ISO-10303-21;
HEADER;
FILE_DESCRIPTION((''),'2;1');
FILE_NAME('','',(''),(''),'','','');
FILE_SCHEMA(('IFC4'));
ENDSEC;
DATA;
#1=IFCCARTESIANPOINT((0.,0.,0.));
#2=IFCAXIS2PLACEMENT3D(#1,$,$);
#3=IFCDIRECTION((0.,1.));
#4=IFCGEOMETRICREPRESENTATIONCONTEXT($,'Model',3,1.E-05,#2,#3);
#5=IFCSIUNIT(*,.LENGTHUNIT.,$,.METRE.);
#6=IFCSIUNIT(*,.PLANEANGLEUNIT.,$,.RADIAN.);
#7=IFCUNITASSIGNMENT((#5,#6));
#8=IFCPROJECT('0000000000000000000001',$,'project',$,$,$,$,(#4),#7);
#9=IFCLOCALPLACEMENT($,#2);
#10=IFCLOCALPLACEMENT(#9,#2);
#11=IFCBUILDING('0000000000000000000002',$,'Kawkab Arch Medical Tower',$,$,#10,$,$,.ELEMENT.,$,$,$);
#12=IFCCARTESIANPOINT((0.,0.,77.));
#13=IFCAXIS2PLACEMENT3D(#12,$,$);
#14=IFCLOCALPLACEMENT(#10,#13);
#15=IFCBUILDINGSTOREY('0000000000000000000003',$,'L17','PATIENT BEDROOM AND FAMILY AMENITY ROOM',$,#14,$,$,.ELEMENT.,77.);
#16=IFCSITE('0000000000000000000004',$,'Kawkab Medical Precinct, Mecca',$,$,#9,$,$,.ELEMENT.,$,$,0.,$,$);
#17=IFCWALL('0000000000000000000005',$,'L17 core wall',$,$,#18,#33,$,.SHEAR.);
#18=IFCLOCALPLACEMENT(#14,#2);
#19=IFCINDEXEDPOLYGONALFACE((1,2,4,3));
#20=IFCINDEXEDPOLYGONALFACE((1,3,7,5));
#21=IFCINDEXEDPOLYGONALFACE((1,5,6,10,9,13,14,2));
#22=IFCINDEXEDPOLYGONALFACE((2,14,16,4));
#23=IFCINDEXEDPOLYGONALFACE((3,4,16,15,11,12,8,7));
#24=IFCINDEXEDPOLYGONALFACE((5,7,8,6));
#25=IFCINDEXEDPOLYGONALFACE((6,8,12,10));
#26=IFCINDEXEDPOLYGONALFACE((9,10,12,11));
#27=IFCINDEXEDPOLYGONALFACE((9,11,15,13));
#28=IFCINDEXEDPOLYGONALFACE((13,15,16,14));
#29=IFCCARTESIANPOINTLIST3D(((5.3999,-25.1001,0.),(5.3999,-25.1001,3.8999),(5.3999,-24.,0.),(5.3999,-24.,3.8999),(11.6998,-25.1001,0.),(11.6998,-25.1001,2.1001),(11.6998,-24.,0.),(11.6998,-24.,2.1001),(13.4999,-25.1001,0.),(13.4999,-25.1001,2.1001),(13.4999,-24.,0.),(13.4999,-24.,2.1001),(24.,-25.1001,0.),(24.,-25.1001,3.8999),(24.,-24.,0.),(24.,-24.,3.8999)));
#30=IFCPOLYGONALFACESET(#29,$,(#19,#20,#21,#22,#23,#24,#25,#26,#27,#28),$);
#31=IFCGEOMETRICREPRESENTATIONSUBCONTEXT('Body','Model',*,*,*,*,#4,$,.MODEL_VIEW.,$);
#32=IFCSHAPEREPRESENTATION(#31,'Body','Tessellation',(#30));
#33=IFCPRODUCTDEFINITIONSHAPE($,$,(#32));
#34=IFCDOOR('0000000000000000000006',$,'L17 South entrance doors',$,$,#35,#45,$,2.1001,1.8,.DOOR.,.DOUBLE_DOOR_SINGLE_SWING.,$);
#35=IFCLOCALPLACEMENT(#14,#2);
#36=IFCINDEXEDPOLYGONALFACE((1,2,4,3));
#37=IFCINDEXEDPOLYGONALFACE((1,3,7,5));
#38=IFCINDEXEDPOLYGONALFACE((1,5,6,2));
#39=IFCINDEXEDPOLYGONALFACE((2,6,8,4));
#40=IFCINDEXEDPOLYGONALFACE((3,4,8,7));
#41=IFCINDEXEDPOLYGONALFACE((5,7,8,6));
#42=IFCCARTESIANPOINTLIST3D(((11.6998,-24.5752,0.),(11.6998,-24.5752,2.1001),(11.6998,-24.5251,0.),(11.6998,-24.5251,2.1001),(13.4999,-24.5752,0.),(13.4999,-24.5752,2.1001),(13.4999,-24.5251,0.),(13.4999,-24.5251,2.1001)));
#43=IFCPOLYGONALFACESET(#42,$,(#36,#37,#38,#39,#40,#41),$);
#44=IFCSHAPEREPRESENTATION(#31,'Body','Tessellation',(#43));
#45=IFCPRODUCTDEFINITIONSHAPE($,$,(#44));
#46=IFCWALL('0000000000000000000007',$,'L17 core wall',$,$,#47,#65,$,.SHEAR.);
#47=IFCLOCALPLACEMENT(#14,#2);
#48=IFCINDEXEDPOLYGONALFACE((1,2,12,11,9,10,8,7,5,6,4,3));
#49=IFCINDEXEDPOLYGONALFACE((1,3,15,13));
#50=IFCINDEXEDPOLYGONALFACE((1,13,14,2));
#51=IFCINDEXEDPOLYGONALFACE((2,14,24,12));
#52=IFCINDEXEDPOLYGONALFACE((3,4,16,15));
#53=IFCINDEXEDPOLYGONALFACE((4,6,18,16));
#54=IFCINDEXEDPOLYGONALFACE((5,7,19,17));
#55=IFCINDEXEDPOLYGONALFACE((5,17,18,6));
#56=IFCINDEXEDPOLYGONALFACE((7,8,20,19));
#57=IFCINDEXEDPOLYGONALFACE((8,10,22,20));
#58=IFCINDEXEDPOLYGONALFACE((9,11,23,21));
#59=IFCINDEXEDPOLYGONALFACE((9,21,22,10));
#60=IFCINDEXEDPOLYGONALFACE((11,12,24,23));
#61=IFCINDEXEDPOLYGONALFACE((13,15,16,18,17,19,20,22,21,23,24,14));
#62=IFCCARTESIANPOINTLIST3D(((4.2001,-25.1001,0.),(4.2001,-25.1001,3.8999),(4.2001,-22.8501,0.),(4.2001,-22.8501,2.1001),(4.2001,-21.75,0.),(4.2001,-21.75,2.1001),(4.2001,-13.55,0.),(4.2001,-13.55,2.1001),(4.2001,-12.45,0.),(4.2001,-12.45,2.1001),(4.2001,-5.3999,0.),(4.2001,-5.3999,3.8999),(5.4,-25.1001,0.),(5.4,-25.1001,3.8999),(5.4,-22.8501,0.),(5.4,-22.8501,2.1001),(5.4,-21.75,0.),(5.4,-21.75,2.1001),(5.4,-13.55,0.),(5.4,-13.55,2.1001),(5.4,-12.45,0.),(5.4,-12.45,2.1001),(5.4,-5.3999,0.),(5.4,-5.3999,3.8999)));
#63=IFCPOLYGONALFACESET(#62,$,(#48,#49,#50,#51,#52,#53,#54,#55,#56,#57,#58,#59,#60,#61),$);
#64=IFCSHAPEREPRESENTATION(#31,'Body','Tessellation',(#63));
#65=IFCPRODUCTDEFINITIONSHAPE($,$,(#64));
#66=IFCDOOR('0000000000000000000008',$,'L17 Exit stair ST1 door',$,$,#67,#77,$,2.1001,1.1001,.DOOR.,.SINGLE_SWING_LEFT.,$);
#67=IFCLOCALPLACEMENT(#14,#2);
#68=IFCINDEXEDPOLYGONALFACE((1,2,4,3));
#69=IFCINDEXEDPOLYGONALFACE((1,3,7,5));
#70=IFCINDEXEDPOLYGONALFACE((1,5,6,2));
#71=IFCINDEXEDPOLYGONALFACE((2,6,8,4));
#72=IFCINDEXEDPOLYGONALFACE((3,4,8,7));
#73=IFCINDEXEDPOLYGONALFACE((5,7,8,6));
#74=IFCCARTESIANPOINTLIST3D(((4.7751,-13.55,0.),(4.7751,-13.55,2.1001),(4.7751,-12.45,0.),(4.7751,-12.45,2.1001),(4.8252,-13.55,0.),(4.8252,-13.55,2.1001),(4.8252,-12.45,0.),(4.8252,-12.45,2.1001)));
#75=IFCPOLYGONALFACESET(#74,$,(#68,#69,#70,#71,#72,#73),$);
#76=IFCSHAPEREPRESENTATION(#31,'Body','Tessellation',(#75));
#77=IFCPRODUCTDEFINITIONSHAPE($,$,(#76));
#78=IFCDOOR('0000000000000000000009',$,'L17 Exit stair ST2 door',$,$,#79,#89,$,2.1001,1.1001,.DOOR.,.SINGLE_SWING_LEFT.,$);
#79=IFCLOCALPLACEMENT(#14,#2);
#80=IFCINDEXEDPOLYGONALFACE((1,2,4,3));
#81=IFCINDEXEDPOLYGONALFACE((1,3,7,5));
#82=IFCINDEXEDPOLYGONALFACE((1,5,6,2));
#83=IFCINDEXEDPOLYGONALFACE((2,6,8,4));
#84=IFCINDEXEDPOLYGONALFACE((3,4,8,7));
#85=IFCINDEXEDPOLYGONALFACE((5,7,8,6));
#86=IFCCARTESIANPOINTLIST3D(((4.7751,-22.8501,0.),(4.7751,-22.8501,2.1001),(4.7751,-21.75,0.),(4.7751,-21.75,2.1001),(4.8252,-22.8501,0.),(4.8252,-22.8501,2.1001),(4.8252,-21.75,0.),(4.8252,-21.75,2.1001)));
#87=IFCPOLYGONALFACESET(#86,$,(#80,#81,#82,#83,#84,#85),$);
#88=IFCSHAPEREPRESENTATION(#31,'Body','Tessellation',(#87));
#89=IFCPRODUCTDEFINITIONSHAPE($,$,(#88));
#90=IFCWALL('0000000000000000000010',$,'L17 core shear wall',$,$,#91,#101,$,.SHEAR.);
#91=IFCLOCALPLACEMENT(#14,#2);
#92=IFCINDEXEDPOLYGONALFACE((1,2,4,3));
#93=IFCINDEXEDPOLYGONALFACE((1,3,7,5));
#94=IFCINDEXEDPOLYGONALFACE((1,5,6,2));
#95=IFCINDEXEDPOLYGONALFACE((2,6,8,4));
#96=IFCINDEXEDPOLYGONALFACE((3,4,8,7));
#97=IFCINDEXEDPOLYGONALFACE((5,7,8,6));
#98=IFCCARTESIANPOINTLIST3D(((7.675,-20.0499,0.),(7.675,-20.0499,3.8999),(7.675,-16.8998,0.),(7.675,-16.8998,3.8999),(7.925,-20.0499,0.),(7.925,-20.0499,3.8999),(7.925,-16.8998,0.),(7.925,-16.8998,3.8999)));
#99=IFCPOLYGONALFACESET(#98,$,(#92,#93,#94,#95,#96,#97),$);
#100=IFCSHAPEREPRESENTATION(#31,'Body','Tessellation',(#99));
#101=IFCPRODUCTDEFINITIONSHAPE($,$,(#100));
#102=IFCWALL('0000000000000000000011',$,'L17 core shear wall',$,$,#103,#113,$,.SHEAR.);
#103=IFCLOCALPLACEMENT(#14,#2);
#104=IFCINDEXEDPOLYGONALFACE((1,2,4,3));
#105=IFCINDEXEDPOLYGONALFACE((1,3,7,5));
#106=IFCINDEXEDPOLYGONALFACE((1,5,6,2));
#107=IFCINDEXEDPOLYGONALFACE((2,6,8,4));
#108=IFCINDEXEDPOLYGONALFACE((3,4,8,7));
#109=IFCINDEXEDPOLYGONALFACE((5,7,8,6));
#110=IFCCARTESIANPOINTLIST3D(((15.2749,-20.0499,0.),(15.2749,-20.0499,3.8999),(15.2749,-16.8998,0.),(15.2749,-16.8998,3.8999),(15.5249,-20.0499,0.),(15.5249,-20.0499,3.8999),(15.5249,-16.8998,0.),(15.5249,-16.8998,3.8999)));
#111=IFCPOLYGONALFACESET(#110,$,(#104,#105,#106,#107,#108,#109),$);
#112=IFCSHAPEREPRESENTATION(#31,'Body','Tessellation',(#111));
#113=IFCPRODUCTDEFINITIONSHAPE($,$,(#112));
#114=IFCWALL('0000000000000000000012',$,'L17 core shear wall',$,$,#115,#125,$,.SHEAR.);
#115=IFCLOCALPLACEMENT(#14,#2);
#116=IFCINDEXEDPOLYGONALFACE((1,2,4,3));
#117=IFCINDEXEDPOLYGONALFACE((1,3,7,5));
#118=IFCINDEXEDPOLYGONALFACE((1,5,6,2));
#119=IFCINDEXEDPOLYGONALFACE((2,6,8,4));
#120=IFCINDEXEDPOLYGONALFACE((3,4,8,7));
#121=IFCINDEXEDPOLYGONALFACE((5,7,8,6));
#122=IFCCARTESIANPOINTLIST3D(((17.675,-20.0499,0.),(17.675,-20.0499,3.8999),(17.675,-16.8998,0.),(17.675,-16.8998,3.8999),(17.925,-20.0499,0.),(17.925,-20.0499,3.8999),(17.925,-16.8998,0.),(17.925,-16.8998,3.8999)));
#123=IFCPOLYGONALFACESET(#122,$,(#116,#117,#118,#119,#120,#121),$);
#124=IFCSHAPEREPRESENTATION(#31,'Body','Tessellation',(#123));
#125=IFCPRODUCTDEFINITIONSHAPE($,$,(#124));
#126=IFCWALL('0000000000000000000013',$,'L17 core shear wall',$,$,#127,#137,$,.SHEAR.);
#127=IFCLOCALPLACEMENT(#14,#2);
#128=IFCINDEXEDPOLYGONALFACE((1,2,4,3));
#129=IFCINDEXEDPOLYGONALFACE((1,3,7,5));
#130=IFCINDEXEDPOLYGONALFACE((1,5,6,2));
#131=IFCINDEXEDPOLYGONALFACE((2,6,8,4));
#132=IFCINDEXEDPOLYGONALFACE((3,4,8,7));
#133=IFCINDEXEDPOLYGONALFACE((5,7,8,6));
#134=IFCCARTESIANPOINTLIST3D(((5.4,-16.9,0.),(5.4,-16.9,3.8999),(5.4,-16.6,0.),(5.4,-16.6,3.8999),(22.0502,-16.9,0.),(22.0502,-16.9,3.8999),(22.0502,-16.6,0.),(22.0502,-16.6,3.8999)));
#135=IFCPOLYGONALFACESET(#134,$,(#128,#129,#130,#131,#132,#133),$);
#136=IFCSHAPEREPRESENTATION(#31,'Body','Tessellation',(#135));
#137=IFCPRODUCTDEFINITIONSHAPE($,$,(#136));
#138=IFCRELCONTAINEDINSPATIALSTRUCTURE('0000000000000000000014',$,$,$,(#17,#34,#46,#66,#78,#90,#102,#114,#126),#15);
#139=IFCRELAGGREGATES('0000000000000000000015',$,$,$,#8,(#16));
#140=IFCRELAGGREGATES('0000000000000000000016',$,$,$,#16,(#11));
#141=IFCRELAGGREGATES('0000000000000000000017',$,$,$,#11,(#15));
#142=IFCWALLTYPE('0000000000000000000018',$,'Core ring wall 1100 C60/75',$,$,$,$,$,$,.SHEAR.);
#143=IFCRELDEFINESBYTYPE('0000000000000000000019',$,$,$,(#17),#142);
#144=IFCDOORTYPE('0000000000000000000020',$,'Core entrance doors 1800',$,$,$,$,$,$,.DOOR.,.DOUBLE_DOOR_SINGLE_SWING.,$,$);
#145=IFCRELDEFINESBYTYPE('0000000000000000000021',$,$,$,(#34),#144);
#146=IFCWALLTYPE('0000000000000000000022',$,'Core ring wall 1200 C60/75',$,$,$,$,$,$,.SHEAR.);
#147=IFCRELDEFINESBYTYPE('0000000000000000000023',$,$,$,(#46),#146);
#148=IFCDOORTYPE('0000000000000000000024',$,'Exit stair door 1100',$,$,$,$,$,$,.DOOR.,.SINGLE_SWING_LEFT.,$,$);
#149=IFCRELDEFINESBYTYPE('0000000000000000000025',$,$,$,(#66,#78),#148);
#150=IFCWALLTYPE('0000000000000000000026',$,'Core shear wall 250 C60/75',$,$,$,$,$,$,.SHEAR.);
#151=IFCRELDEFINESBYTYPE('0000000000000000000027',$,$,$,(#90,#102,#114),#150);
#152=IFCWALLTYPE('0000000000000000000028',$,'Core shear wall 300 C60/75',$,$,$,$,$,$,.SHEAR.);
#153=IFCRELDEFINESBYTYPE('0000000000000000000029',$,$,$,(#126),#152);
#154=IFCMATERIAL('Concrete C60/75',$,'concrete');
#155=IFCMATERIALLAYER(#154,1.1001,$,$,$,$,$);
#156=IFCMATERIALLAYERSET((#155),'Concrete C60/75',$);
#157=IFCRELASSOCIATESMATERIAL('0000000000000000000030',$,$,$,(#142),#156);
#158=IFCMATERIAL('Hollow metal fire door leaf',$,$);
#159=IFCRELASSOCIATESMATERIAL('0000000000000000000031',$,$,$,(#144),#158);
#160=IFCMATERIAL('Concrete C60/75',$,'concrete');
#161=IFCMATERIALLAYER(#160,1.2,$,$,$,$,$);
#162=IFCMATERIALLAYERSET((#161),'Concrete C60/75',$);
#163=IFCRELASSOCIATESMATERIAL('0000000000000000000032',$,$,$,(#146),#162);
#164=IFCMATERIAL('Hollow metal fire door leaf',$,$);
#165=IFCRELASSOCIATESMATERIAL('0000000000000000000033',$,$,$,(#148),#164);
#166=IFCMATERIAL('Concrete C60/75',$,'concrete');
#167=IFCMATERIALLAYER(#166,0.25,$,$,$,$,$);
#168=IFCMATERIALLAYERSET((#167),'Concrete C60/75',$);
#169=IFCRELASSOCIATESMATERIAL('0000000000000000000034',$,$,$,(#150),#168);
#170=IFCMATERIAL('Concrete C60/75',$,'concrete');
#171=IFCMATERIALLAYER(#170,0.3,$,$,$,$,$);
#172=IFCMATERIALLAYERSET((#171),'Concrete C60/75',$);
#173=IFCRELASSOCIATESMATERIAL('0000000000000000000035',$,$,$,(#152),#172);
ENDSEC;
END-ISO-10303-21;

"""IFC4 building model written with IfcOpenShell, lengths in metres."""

from ifc_helpers import new_model, si_unit, direction, frame, frame_2d, origin, place, context, subcontext, project, spatial, rectangle, extrude, material, layer, layer_set, type_object, element, fill, save


model = new_model("IFC4")

# Units and contexts
model_context = context("Model", 3, precision=1e-05, world=origin(), true_north=direction((0.0, 1.0)))
body_context = subcontext(model_context, "Body", "Model", "MODEL_VIEW")
ifc_project = project(units=[si_unit("LENGTHUNIT", "METRE"), si_unit("PLANEANGLEUNIT", "RADIAN")], contexts=[model_context])

# Site, building, storey
site_placement = place(None, origin())
site = spatial("IfcSite", under=ifc_project, at=site_placement, Name="Kawkab Medical Precinct, Mecca", CompositionType="ELEMENT", RefElevation=0.0)
building_placement = place(site_placement, origin())
building = spatial("IfcBuilding", under=site, at=building_placement, Name="Kawkab Arch Medical Tower", CompositionType="ELEMENT")
storey_placement = place(building_placement, frame((0.0, 0.0, 77.0)))
storey = spatial("IfcBuildingStorey", under=building, at=storey_placement, Name="L17", Description="PATIENT BEDROOM AND FAMILY AMENITY ROOM", CompositionType="ELEMENT", Elevation=77.0)

# Wall, opening, door
ifc_material_1 = material(Name="Concrete C60/75", Category="concrete")
ifc_layer_1 = layer(ifc_material_1, 1.1001)
ifc_layer_set_1 = layer_set([ifc_layer_1], Name="Concrete C60/75")
wall_type_1 = type_object("IfcWallType", Name="Core ring wall 1100 C60/75", PredefinedType="SHEAR", material=ifc_layer_set_1)
wall_1_placement = place(storey_placement, frame((5.3999, -24.55, 0.0), z_axis=(0.0, 0.0, 1.0), x_axis=(1.0, 0.0, 0.0)))
wall_1 = element("IfcWall", 1, at=wall_1_placement, inside=storey, type_object=wall_type_1, Name="L17 core wall", PredefinedType="SHEAR", context=body_context, shape_type="SweptSolid", body=[
    extrude(rectangle(XDim=18.6001, YDim=1.1001, at=frame_2d((9.3, 0.0))), origin(), (0.0, 0.0, 1.0), 3.8999),
])
opening_1_placement = place(wall_1_placement, frame((6.3, 0.0, 0.0)))
opening_1 = element("IfcOpeningElement", 2, at=opening_1_placement, cuts=wall_1, PredefinedType="OPENING", context=body_context, shape_type="SweptSolid", body=[
    extrude(rectangle(XDim=1.8, YDim=2.1001, at=frame_2d((0.8999, 1.05))), frame((0.0, 0.5601, 0.0), z_axis=(0.0, -1.0, 0.0), x_axis=(1.0, 0.0, 0.0)), (0.0, 0.0, 1.0), 1.1201),
])
ifc_material_2 = material(Name="Hollow metal fire door leaf")
door_type_1 = type_object("IfcDoorType", Name="Core entrance doors 1800", OperationType="DOUBLE_DOOR_SINGLE_SWING", PredefinedType="DOOR", material=ifc_material_2)
door_1_placement = place(opening_1_placement, origin())
door_1 = element("IfcDoor", 3, at=door_1_placement, inside=storey, type_object=door_type_1, Name="L17 South entrance doors", OperationType="DOUBLE_DOOR_SINGLE_SWING", OverallHeight=2.1001, OverallWidth=1.8, PredefinedType="DOOR", context=body_context, shape_type="SweptSolid", body=[
    extrude(rectangle(XDim=1.8, YDim=2.1001, at=frame_2d((0.8999, 1.05))), frame((0.0, 0.0249, 0.0), z_axis=(0.0, -1.0, 0.0), x_axis=(1.0, 0.0, 0.0)), (0.0, 0.0, 1.0), 0.05),
])
fill(opening_1, door_1)

# Wall, openings, doors
ifc_material_3 = material(Name="Concrete C60/75", Category="concrete")
ifc_layer_2 = layer(ifc_material_3, 1.2)
ifc_layer_set_2 = layer_set([ifc_layer_2], Name="Concrete C60/75")
wall_type_2 = type_object("IfcWallType", Name="Core ring wall 1200 C60/75", PredefinedType="SHEAR", material=ifc_layer_set_2)
wall_2_placement = place(storey_placement, frame((4.8, -25.1001, 0.0), z_axis=(0.0, 0.0, 1.0), x_axis=(0.0, 1.0, 0.0)))
wall_2 = element("IfcWall", 4, at=wall_2_placement, inside=storey, type_object=wall_type_2, Name="L17 core wall", PredefinedType="SHEAR", context=body_context, shape_type="SweptSolid", body=[
    extrude(rectangle(XDim=19.7002, YDim=1.2, at=frame_2d((9.8501, 0.0))), origin(), (0.0, 0.0, 1.0), 3.8999),
])
opening_2_placement = place(wall_2_placement, frame((11.55, 0.0, 0.0)))
opening_2 = element("IfcOpeningElement", 5, at=opening_2_placement, cuts=wall_2, PredefinedType="OPENING", context=body_context, shape_type="SweptSolid", body=[
    extrude(rectangle(XDim=1.1001, YDim=2.1001, at=frame_2d((0.55, 1.05))), frame((0.0, 0.6099, 0.0), z_axis=(0.0, -1.0, 0.0), x_axis=(1.0, 0.0, 0.0)), (0.0, 0.0, 1.0), 1.22),
])
opening_3_placement = place(wall_2_placement, frame((2.25, 0.0, 0.0)))
opening_3 = element("IfcOpeningElement", 6, at=opening_3_placement, cuts=wall_2, PredefinedType="OPENING", context=body_context, shape_type="SweptSolid", body=[
    extrude(rectangle(XDim=1.1001, YDim=2.1001, at=frame_2d((0.55, 1.05))), frame((0.0, 0.6099, 0.0), z_axis=(0.0, -1.0, 0.0), x_axis=(1.0, 0.0, 0.0)), (0.0, 0.0, 1.0), 1.22),
])
ifc_material_4 = material(Name="Hollow metal fire door leaf")
door_type_2 = type_object("IfcDoorType", Name="Exit stair door 1100", OperationType="SINGLE_SWING_LEFT", PredefinedType="DOOR", material=ifc_material_4)
door_2_placement = place(opening_2_placement, origin())
door_2 = element("IfcDoor", 7, at=door_2_placement, inside=storey, type_object=door_type_2, Name="L17 Exit stair ST1 door", OperationType="SINGLE_SWING_LEFT", OverallHeight=2.1001, OverallWidth=1.1001, PredefinedType="DOOR", context=body_context, shape_type="SweptSolid", body=[
    extrude(rectangle(XDim=1.1001, YDim=2.1001, at=frame_2d((0.55, 1.05))), frame((0.0, 0.0249, 0.0), z_axis=(0.0, -1.0, 0.0), x_axis=(1.0, 0.0, 0.0)), (0.0, 0.0, 1.0), 0.05),
])
fill(opening_2, door_2)
door_3_placement = place(opening_3_placement, origin())
door_3 = element("IfcDoor", 8, at=door_3_placement, inside=storey, type_object=door_type_2, Name="L17 Exit stair ST2 door", OperationType="SINGLE_SWING_LEFT", OverallHeight=2.1001, OverallWidth=1.1001, PredefinedType="DOOR", context=body_context, shape_type="SweptSolid", body=[
    extrude(rectangle(XDim=1.1001, YDim=2.1001, at=frame_2d((0.55, 1.05))), frame((0.0, 0.0249, 0.0), z_axis=(0.0, -1.0, 0.0), x_axis=(1.0, 0.0, 0.0)), (0.0, 0.0, 1.0), 0.05),
])
fill(opening_3, door_3)

# Walls
ifc_material_5 = material(Name="Concrete C60/75", Category="concrete")
ifc_layer_3 = layer(ifc_material_5, 0.25)
ifc_layer_set_3 = layer_set([ifc_layer_3], Name="Concrete C60/75")
wall_type_3 = type_object("IfcWallType", Name="Core shear wall 250 C60/75", PredefinedType="SHEAR", material=ifc_layer_set_3)
for number, where, z_axis, x_axis, name in (
    (9, (7.8, -20.05, 0.0), (0.0, 0.0, 1.0), (0.0, 1.0, 0.0), "L17 core shear wall"),
    (10, (15.3999, -20.05, 0.0), (0.0, 0.0, 1.0), (0.0, 1.0, 0.0), "L17 core shear wall"),
    (11, (17.8, -20.05, 0.0), (0.0, 0.0, 1.0), (0.0, 1.0, 0.0), "L17 core shear wall"),
):
    element("IfcWall", number, at=place(storey_placement, frame(where, z_axis=z_axis, x_axis=x_axis)), inside=storey, type_object=wall_type_3, Name=name, PredefinedType="SHEAR", context=body_context, shape_type="SweptSolid", body=[
        extrude(rectangle(XDim=3.1501, YDim=0.25, at=frame_2d((1.5752, 0.0))), origin(), (0.0, 0.0, 1.0), 3.8999),
    ])
ifc_material_6 = material(Name="Concrete C60/75", Category="concrete")
ifc_layer_4 = layer(ifc_material_6, 0.3)
ifc_layer_set_4 = layer_set([ifc_layer_4], Name="Concrete C60/75")
wall_type_4 = type_object("IfcWallType", Name="Core shear wall 300 C60/75", PredefinedType="SHEAR", material=ifc_layer_set_4)
wall_3_placement = place(storey_placement, frame((5.3999, -16.75, 0.0), z_axis=(0.0, 0.0, 1.0), x_axis=(1.0, 0.0, 0.0)))
element("IfcWall", 12, at=wall_3_placement, inside=storey, type_object=wall_type_4, Name="L17 core shear wall", PredefinedType="SHEAR", context=body_context, shape_type="SweptSolid", body=[
    extrude(rectangle(XDim=16.6501, YDim=0.3, at=frame_2d((8.3252, 0.0))), origin(), (0.0, 0.0, 1.0), 3.8999),
])

save(model, "model.ifc")
